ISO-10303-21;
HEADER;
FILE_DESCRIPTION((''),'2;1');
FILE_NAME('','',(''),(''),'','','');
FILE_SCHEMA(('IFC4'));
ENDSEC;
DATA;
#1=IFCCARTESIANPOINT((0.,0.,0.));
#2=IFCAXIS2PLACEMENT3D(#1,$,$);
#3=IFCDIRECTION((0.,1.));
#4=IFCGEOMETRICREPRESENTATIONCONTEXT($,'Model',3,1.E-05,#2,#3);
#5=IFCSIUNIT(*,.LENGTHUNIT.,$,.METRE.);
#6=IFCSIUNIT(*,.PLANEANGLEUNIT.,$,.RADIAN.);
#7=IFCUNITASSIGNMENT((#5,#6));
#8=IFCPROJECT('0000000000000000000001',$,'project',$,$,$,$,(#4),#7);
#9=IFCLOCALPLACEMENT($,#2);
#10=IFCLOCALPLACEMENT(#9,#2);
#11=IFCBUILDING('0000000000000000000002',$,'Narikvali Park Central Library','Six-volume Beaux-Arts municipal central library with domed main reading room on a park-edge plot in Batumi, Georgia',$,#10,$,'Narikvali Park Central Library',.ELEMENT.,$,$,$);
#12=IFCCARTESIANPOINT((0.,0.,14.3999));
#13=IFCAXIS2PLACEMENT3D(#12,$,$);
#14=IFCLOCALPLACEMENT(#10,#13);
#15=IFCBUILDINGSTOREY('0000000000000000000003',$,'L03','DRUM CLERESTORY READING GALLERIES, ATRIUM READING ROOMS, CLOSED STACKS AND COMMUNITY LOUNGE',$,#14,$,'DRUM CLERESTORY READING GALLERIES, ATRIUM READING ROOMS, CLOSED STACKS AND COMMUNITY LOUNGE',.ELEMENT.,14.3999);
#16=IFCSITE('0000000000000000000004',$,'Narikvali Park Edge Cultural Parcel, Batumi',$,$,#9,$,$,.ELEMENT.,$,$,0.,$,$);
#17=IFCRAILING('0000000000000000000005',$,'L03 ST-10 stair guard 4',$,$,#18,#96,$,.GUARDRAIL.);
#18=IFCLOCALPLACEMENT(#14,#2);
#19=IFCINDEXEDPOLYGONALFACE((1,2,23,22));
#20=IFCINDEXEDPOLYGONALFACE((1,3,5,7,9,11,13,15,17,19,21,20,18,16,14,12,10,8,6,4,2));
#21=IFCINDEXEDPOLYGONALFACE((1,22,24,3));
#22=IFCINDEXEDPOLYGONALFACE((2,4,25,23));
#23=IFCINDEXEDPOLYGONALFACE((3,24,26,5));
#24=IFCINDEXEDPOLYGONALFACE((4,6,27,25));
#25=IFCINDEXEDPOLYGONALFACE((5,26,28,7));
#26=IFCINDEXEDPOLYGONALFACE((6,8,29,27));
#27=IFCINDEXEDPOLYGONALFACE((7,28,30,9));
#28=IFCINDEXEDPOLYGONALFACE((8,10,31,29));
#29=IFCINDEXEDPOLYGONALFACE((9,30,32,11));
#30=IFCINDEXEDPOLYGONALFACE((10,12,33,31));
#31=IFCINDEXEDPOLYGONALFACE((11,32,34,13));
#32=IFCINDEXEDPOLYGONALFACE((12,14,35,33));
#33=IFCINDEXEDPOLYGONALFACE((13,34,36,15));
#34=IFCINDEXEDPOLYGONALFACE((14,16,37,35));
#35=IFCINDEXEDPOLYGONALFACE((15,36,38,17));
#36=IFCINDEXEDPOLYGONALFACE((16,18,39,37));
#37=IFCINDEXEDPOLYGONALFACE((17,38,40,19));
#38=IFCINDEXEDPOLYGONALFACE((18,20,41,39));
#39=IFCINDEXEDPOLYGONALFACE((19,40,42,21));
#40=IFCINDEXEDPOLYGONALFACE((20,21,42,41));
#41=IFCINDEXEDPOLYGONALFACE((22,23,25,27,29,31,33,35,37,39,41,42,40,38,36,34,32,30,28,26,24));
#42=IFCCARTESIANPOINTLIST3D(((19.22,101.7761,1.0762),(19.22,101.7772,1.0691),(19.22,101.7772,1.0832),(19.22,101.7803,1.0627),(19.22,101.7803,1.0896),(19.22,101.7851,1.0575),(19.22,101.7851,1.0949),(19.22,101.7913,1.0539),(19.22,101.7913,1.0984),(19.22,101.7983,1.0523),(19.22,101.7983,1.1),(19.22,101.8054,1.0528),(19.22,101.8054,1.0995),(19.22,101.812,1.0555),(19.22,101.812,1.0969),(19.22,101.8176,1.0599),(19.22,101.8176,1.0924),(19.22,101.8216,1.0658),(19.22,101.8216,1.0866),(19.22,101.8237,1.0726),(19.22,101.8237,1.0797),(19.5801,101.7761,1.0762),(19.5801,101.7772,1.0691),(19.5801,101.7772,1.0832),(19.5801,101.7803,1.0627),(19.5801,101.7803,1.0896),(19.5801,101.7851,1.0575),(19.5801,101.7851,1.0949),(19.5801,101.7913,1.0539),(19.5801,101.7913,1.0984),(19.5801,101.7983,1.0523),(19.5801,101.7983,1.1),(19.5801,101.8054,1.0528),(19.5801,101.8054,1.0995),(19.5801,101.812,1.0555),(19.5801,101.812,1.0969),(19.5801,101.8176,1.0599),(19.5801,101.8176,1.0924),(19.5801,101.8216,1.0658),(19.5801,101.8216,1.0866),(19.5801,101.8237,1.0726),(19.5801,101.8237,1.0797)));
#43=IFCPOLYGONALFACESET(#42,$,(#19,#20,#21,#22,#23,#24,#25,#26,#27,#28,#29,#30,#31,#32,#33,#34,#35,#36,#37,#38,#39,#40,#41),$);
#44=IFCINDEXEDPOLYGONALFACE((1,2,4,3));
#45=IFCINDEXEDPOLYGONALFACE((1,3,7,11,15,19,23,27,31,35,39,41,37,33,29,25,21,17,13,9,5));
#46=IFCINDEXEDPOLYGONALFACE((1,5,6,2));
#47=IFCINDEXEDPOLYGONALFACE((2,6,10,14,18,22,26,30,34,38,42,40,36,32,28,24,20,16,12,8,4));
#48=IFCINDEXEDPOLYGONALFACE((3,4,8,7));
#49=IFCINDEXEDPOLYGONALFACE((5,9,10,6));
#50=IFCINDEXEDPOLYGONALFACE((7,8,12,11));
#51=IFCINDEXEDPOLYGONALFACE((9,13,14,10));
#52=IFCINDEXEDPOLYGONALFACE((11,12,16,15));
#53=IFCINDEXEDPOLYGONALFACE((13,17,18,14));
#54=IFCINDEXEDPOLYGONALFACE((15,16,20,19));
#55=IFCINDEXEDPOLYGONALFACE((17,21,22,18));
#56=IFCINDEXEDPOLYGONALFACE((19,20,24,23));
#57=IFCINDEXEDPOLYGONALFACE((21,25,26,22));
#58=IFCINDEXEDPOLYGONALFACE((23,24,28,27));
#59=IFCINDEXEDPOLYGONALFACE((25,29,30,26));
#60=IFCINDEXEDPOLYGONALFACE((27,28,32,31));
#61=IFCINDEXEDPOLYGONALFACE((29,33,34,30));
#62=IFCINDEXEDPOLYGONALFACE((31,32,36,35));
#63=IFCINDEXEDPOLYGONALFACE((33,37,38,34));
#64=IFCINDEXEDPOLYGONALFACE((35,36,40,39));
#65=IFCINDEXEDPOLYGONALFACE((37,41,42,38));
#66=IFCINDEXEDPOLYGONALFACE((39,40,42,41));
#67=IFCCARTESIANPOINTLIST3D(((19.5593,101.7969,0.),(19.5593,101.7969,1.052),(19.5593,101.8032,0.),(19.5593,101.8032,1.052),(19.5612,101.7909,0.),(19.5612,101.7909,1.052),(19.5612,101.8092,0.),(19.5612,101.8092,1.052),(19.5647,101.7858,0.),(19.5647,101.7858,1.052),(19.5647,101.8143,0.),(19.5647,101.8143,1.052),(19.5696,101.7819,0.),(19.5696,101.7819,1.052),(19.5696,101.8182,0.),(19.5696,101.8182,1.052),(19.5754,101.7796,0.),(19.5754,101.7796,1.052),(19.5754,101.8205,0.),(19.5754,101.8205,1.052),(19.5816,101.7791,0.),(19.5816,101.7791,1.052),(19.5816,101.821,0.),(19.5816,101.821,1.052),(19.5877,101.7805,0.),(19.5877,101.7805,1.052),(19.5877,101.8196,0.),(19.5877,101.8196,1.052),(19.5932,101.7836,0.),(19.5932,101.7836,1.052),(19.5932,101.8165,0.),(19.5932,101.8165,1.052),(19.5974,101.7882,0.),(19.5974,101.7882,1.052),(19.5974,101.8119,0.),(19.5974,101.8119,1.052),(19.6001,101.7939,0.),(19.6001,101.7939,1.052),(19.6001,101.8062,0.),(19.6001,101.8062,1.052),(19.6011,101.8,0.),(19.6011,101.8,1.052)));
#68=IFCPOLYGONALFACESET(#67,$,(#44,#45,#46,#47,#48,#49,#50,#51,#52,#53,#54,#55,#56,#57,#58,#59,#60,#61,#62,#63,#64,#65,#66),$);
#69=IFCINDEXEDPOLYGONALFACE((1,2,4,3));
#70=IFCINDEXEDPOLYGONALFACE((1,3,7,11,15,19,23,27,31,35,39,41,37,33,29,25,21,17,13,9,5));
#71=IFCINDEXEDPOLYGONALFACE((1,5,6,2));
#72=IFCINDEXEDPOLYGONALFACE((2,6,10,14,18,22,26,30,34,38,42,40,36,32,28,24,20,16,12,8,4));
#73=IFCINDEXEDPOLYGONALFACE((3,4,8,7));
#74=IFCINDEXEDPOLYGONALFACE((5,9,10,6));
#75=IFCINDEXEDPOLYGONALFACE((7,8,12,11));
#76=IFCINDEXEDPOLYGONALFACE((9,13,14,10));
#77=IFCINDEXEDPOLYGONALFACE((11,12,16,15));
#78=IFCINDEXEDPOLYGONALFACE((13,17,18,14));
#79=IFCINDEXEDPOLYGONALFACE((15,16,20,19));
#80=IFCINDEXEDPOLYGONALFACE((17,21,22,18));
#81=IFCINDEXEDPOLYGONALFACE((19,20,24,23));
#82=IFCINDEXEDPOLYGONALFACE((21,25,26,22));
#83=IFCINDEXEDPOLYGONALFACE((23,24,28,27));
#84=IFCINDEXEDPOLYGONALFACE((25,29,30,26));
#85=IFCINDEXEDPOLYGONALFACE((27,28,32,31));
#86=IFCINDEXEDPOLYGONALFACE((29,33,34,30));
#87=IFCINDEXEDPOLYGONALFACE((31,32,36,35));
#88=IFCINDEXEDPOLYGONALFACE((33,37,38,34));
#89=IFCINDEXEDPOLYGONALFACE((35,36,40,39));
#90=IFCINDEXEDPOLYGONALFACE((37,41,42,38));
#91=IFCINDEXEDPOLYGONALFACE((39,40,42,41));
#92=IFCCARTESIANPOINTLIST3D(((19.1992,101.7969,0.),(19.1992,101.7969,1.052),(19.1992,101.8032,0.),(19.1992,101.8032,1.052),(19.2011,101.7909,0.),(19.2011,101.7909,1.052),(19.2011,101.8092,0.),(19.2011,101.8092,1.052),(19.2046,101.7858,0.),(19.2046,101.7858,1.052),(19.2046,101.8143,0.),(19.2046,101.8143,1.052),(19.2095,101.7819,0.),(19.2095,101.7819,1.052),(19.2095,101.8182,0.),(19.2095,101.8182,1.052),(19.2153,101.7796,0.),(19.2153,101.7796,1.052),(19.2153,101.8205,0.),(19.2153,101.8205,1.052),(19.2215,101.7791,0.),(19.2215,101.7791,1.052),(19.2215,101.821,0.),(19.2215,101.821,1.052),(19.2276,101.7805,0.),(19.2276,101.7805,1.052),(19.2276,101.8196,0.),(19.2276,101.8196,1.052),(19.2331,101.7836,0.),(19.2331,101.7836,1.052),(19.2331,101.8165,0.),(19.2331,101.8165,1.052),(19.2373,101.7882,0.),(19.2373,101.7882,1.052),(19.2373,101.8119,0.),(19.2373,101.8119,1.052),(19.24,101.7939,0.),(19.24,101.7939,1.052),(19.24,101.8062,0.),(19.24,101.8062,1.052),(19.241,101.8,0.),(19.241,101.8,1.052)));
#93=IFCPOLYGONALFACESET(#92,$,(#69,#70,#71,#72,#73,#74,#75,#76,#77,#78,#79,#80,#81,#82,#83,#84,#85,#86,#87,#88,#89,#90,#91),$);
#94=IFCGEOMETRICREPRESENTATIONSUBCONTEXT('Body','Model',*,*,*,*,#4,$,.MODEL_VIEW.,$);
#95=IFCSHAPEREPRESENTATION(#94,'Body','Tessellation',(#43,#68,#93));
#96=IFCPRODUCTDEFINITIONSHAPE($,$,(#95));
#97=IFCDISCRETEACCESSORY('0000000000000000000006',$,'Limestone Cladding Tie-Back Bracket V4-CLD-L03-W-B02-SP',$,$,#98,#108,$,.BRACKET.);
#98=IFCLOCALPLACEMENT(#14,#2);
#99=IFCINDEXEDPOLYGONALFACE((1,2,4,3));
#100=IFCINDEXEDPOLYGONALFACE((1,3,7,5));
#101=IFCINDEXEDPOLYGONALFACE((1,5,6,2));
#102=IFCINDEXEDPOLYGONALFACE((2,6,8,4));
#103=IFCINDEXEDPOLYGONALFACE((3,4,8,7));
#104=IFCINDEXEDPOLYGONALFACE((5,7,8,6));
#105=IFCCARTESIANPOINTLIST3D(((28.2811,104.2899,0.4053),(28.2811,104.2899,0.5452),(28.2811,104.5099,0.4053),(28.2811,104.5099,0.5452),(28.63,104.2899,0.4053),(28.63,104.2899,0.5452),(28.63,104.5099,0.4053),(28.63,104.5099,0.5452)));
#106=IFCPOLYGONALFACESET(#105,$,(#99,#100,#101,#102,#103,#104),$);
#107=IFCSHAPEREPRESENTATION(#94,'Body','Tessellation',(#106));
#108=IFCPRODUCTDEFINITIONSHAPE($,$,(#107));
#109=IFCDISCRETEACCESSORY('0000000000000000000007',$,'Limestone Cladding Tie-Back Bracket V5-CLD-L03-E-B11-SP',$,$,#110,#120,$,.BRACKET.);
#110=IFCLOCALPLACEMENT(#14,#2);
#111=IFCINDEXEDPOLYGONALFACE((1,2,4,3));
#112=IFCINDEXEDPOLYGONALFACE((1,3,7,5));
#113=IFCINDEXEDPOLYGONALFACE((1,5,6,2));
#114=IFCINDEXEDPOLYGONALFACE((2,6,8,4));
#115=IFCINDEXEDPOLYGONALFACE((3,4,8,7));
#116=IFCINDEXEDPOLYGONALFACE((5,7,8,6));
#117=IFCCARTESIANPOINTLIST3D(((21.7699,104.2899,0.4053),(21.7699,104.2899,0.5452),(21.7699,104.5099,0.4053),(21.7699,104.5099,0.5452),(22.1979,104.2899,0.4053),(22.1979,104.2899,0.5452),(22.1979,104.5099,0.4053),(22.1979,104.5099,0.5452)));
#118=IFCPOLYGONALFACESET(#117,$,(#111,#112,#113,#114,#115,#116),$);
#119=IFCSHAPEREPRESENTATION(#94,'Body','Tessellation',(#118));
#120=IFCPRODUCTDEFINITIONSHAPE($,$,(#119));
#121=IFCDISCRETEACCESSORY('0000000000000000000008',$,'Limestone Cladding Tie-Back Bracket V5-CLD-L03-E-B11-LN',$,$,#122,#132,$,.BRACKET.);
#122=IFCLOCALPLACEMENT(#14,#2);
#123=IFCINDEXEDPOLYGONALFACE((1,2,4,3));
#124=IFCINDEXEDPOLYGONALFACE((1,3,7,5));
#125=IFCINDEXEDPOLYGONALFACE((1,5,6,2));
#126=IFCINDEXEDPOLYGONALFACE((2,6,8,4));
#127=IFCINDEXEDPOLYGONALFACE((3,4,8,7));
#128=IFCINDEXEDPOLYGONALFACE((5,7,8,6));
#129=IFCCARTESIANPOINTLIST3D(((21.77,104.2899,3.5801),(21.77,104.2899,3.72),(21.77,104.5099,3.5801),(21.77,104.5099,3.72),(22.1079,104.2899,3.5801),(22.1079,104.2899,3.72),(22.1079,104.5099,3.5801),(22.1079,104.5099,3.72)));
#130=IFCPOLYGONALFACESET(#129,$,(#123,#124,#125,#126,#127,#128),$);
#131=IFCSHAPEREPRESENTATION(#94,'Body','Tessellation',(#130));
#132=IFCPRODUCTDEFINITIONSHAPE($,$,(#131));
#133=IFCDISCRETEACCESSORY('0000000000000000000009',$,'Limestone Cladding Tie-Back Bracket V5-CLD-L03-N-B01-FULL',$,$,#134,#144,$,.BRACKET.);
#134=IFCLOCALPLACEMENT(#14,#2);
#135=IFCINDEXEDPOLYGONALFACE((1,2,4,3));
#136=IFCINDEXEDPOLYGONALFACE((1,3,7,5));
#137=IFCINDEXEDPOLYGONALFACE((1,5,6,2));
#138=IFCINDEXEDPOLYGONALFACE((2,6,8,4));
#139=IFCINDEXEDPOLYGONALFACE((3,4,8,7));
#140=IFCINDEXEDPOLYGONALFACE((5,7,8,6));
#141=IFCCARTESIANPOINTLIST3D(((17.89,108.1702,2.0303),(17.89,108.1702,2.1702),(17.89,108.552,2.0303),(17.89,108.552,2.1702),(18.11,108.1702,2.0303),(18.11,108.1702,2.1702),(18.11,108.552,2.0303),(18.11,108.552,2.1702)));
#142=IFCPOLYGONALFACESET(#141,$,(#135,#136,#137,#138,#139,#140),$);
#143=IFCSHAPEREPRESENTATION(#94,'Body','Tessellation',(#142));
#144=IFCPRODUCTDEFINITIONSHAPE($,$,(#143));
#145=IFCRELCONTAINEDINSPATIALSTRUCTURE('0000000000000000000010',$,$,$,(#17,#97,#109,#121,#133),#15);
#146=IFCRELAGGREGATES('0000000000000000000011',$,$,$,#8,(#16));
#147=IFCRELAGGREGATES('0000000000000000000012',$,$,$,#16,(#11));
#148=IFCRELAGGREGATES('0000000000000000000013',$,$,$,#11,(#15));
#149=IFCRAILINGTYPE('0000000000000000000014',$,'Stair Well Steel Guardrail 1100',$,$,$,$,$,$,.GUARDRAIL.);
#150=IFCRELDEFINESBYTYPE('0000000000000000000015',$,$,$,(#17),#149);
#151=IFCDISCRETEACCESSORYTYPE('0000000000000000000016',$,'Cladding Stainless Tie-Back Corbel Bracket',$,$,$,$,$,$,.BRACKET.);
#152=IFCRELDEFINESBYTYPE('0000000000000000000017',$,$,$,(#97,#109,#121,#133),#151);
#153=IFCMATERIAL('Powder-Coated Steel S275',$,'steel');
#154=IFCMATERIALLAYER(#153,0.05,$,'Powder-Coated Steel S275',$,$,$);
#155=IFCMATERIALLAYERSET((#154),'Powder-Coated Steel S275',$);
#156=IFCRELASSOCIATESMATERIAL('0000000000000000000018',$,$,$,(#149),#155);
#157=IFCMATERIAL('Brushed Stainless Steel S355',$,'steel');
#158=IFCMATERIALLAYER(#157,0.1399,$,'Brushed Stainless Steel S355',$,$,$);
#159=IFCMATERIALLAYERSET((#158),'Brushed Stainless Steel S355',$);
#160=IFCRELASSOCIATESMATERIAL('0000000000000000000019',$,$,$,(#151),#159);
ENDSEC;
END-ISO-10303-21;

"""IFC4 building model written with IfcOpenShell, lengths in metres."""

from ifc_helpers import new_model, si_unit, direction, frame, origin, origin_2d, place, context, subcontext, project, spatial, rectangle, circle, extrude, material, layer, layer_set, type_object, element, save


model = new_model("IFC4")

# Units and contexts
model_context = context("Model", 3, precision=1e-05, world=origin(), true_north=direction((0.0, 1.0)))
body_context = subcontext(model_context, "Body", "Model", "MODEL_VIEW")
ifc_project = project(units=[si_unit("LENGTHUNIT", "METRE"), si_unit("PLANEANGLEUNIT", "RADIAN")], contexts=[model_context])

# Site, building, storey
site_placement = place(None, origin())
site = spatial("IfcSite", under=ifc_project, at=site_placement, Name="Narikvali Park Edge Cultural Parcel, Batumi", CompositionType="ELEMENT", RefElevation=0.0)
building_placement = place(site_placement, origin())
building = spatial("IfcBuilding", under=site, at=building_placement, Name="Narikvali Park Central Library", Description="Six-volume Beaux-Arts municipal central library with domed main reading room on a park-edge plot in Batumi, Georgia", LongName="Narikvali Park Central Library", CompositionType="ELEMENT")
storey_placement = place(building_placement, frame((0.0, 0.0, 14.3999)))
storey = spatial("IfcBuildingStorey", under=building, at=storey_placement, Name="L03", Description="DRUM CLERESTORY READING GALLERIES, ATRIUM READING ROOMS, CLOSED STACKS AND COMMUNITY LOUNGE", LongName="DRUM CLERESTORY READING GALLERIES, ATRIUM READING ROOMS, CLOSED STACKS AND COMMUNITY LOUNGE", CompositionType="ELEMENT", Elevation=14.3999)

# Railing
ifc_material_1 = material(Name="Brushed Stainless Steel S355", Category="steel")
ifc_material_2 = material(Name="Powder-Coated Steel S275", Category="steel")
ifc_layer_1 = layer(ifc_material_2, 0.05, Name="Powder-Coated Steel S275")
ifc_layer_set_1 = layer_set([ifc_layer_1], Name="Powder-Coated Steel S275")
railing_type_1 = type_object("IfcRailingType", Name="Stair Well Steel Guardrail 1100", PredefinedType="GUARDRAIL", material=ifc_layer_set_1)
railing_1_placement = place(storey_placement, frame((19.5801, 101.8, 0.0)))
element("IfcRailing", 1, at=railing_1_placement, inside=storey, type_object=railing_type_1, Name="L03 ST-10 stair guard 4", PredefinedType="GUARDRAIL", context=body_context, shape_type="SweptSolid", body=[
    extrude(circle(Radius=0.0239, at=origin_2d()), frame((0.0, 0.0, 1.0762), z_axis=(-1.0, 0.0, 0.0), x_axis=(0.0, -1.0, 0.0)), (0.0, 0.0, 1.0), 0.3601),
    extrude(circle(Radius=0.021, at=origin_2d()), origin(), (0.0, 0.0, 1.0), 1.052),
    extrude(circle(Radius=0.021, at=origin_2d()), frame((-0.3601, 0.0, 0.0)), (0.0, 0.0, 1.0), 1.052),
])

# Discrete accessories
ifc_layer_2 = layer(ifc_material_1, 0.1399, Name="Brushed Stainless Steel S355")
ifc_layer_set_2 = layer_set([ifc_layer_2], Name="Brushed Stainless Steel S355")
discrete_accessory_type = type_object("IfcDiscreteAccessoryType", Name="Cladding Stainless Tie-Back Corbel Bracket", PredefinedType="BRACKET", material=ifc_layer_set_2)
discrete_accessory_1_placement = place(storey_placement, frame((28.4556, 104.3999, 0.4053), z_axis=(0.0, 0.0, 1.0), x_axis=(1.0, 0.0, 0.0)))
element("IfcDiscreteAccessory", 2, at=discrete_accessory_1_placement, inside=storey, type_object=discrete_accessory_type, Name="Limestone Cladding Tie-Back Bracket V4-CLD-L03-W-B02-SP", PredefinedType="BRACKET", context=body_context, shape_type="SweptSolid", body=[
    extrude(rectangle(XDim=0.3489, YDim=0.22, at=origin_2d()), origin(), (0.0, 0.0, 1.0), 0.1399),
])
discrete_accessory_2_placement = place(storey_placement, frame((21.9839, 104.3999, 0.4053), z_axis=(0.0, 0.0, 1.0), x_axis=(1.0, 0.0, 0.0)))
element("IfcDiscreteAccessory", 3, at=discrete_accessory_2_placement, inside=storey, type_object=discrete_accessory_type, Name="Limestone Cladding Tie-Back Bracket V5-CLD-L03-E-B11-SP", PredefinedType="BRACKET", context=body_context, shape_type="SweptSolid", body=[
    extrude(rectangle(XDim=0.428, YDim=0.22, at=origin_2d()), origin(), (0.0, 0.0, 1.0), 0.1399),
])
discrete_accessory_3_placement = place(storey_placement, frame((21.939, 104.3999, 3.5801), z_axis=(0.0, 0.0, 1.0), x_axis=(1.0, 0.0, 0.0)))
element("IfcDiscreteAccessory", 4, at=discrete_accessory_3_placement, inside=storey, type_object=discrete_accessory_type, Name="Limestone Cladding Tie-Back Bracket V5-CLD-L03-E-B11-LN", PredefinedType="BRACKET", context=body_context, shape_type="SweptSolid", body=[
    extrude(rectangle(XDim=0.3379, YDim=0.22, at=origin_2d()), origin(), (0.0, 0.0, 1.0), 0.1399),
])
discrete_accessory_4_placement = place(storey_placement, frame((18.0, 108.3611, 2.0303), z_axis=(0.0, 0.0, 1.0), x_axis=(1.0, 0.0, 0.0)))
element("IfcDiscreteAccessory", 5, at=discrete_accessory_4_placement, inside=storey, type_object=discrete_accessory_type, Name="Limestone Cladding Tie-Back Bracket V5-CLD-L03-N-B01-FULL", PredefinedType="BRACKET", context=body_context, shape_type="SweptSolid", body=[
    extrude(rectangle(XDim=0.22, YDim=0.3818, at=origin_2d()), origin(), (0.0, 0.0, 1.0), 0.1399),
])

save(model, "model.ifc")
